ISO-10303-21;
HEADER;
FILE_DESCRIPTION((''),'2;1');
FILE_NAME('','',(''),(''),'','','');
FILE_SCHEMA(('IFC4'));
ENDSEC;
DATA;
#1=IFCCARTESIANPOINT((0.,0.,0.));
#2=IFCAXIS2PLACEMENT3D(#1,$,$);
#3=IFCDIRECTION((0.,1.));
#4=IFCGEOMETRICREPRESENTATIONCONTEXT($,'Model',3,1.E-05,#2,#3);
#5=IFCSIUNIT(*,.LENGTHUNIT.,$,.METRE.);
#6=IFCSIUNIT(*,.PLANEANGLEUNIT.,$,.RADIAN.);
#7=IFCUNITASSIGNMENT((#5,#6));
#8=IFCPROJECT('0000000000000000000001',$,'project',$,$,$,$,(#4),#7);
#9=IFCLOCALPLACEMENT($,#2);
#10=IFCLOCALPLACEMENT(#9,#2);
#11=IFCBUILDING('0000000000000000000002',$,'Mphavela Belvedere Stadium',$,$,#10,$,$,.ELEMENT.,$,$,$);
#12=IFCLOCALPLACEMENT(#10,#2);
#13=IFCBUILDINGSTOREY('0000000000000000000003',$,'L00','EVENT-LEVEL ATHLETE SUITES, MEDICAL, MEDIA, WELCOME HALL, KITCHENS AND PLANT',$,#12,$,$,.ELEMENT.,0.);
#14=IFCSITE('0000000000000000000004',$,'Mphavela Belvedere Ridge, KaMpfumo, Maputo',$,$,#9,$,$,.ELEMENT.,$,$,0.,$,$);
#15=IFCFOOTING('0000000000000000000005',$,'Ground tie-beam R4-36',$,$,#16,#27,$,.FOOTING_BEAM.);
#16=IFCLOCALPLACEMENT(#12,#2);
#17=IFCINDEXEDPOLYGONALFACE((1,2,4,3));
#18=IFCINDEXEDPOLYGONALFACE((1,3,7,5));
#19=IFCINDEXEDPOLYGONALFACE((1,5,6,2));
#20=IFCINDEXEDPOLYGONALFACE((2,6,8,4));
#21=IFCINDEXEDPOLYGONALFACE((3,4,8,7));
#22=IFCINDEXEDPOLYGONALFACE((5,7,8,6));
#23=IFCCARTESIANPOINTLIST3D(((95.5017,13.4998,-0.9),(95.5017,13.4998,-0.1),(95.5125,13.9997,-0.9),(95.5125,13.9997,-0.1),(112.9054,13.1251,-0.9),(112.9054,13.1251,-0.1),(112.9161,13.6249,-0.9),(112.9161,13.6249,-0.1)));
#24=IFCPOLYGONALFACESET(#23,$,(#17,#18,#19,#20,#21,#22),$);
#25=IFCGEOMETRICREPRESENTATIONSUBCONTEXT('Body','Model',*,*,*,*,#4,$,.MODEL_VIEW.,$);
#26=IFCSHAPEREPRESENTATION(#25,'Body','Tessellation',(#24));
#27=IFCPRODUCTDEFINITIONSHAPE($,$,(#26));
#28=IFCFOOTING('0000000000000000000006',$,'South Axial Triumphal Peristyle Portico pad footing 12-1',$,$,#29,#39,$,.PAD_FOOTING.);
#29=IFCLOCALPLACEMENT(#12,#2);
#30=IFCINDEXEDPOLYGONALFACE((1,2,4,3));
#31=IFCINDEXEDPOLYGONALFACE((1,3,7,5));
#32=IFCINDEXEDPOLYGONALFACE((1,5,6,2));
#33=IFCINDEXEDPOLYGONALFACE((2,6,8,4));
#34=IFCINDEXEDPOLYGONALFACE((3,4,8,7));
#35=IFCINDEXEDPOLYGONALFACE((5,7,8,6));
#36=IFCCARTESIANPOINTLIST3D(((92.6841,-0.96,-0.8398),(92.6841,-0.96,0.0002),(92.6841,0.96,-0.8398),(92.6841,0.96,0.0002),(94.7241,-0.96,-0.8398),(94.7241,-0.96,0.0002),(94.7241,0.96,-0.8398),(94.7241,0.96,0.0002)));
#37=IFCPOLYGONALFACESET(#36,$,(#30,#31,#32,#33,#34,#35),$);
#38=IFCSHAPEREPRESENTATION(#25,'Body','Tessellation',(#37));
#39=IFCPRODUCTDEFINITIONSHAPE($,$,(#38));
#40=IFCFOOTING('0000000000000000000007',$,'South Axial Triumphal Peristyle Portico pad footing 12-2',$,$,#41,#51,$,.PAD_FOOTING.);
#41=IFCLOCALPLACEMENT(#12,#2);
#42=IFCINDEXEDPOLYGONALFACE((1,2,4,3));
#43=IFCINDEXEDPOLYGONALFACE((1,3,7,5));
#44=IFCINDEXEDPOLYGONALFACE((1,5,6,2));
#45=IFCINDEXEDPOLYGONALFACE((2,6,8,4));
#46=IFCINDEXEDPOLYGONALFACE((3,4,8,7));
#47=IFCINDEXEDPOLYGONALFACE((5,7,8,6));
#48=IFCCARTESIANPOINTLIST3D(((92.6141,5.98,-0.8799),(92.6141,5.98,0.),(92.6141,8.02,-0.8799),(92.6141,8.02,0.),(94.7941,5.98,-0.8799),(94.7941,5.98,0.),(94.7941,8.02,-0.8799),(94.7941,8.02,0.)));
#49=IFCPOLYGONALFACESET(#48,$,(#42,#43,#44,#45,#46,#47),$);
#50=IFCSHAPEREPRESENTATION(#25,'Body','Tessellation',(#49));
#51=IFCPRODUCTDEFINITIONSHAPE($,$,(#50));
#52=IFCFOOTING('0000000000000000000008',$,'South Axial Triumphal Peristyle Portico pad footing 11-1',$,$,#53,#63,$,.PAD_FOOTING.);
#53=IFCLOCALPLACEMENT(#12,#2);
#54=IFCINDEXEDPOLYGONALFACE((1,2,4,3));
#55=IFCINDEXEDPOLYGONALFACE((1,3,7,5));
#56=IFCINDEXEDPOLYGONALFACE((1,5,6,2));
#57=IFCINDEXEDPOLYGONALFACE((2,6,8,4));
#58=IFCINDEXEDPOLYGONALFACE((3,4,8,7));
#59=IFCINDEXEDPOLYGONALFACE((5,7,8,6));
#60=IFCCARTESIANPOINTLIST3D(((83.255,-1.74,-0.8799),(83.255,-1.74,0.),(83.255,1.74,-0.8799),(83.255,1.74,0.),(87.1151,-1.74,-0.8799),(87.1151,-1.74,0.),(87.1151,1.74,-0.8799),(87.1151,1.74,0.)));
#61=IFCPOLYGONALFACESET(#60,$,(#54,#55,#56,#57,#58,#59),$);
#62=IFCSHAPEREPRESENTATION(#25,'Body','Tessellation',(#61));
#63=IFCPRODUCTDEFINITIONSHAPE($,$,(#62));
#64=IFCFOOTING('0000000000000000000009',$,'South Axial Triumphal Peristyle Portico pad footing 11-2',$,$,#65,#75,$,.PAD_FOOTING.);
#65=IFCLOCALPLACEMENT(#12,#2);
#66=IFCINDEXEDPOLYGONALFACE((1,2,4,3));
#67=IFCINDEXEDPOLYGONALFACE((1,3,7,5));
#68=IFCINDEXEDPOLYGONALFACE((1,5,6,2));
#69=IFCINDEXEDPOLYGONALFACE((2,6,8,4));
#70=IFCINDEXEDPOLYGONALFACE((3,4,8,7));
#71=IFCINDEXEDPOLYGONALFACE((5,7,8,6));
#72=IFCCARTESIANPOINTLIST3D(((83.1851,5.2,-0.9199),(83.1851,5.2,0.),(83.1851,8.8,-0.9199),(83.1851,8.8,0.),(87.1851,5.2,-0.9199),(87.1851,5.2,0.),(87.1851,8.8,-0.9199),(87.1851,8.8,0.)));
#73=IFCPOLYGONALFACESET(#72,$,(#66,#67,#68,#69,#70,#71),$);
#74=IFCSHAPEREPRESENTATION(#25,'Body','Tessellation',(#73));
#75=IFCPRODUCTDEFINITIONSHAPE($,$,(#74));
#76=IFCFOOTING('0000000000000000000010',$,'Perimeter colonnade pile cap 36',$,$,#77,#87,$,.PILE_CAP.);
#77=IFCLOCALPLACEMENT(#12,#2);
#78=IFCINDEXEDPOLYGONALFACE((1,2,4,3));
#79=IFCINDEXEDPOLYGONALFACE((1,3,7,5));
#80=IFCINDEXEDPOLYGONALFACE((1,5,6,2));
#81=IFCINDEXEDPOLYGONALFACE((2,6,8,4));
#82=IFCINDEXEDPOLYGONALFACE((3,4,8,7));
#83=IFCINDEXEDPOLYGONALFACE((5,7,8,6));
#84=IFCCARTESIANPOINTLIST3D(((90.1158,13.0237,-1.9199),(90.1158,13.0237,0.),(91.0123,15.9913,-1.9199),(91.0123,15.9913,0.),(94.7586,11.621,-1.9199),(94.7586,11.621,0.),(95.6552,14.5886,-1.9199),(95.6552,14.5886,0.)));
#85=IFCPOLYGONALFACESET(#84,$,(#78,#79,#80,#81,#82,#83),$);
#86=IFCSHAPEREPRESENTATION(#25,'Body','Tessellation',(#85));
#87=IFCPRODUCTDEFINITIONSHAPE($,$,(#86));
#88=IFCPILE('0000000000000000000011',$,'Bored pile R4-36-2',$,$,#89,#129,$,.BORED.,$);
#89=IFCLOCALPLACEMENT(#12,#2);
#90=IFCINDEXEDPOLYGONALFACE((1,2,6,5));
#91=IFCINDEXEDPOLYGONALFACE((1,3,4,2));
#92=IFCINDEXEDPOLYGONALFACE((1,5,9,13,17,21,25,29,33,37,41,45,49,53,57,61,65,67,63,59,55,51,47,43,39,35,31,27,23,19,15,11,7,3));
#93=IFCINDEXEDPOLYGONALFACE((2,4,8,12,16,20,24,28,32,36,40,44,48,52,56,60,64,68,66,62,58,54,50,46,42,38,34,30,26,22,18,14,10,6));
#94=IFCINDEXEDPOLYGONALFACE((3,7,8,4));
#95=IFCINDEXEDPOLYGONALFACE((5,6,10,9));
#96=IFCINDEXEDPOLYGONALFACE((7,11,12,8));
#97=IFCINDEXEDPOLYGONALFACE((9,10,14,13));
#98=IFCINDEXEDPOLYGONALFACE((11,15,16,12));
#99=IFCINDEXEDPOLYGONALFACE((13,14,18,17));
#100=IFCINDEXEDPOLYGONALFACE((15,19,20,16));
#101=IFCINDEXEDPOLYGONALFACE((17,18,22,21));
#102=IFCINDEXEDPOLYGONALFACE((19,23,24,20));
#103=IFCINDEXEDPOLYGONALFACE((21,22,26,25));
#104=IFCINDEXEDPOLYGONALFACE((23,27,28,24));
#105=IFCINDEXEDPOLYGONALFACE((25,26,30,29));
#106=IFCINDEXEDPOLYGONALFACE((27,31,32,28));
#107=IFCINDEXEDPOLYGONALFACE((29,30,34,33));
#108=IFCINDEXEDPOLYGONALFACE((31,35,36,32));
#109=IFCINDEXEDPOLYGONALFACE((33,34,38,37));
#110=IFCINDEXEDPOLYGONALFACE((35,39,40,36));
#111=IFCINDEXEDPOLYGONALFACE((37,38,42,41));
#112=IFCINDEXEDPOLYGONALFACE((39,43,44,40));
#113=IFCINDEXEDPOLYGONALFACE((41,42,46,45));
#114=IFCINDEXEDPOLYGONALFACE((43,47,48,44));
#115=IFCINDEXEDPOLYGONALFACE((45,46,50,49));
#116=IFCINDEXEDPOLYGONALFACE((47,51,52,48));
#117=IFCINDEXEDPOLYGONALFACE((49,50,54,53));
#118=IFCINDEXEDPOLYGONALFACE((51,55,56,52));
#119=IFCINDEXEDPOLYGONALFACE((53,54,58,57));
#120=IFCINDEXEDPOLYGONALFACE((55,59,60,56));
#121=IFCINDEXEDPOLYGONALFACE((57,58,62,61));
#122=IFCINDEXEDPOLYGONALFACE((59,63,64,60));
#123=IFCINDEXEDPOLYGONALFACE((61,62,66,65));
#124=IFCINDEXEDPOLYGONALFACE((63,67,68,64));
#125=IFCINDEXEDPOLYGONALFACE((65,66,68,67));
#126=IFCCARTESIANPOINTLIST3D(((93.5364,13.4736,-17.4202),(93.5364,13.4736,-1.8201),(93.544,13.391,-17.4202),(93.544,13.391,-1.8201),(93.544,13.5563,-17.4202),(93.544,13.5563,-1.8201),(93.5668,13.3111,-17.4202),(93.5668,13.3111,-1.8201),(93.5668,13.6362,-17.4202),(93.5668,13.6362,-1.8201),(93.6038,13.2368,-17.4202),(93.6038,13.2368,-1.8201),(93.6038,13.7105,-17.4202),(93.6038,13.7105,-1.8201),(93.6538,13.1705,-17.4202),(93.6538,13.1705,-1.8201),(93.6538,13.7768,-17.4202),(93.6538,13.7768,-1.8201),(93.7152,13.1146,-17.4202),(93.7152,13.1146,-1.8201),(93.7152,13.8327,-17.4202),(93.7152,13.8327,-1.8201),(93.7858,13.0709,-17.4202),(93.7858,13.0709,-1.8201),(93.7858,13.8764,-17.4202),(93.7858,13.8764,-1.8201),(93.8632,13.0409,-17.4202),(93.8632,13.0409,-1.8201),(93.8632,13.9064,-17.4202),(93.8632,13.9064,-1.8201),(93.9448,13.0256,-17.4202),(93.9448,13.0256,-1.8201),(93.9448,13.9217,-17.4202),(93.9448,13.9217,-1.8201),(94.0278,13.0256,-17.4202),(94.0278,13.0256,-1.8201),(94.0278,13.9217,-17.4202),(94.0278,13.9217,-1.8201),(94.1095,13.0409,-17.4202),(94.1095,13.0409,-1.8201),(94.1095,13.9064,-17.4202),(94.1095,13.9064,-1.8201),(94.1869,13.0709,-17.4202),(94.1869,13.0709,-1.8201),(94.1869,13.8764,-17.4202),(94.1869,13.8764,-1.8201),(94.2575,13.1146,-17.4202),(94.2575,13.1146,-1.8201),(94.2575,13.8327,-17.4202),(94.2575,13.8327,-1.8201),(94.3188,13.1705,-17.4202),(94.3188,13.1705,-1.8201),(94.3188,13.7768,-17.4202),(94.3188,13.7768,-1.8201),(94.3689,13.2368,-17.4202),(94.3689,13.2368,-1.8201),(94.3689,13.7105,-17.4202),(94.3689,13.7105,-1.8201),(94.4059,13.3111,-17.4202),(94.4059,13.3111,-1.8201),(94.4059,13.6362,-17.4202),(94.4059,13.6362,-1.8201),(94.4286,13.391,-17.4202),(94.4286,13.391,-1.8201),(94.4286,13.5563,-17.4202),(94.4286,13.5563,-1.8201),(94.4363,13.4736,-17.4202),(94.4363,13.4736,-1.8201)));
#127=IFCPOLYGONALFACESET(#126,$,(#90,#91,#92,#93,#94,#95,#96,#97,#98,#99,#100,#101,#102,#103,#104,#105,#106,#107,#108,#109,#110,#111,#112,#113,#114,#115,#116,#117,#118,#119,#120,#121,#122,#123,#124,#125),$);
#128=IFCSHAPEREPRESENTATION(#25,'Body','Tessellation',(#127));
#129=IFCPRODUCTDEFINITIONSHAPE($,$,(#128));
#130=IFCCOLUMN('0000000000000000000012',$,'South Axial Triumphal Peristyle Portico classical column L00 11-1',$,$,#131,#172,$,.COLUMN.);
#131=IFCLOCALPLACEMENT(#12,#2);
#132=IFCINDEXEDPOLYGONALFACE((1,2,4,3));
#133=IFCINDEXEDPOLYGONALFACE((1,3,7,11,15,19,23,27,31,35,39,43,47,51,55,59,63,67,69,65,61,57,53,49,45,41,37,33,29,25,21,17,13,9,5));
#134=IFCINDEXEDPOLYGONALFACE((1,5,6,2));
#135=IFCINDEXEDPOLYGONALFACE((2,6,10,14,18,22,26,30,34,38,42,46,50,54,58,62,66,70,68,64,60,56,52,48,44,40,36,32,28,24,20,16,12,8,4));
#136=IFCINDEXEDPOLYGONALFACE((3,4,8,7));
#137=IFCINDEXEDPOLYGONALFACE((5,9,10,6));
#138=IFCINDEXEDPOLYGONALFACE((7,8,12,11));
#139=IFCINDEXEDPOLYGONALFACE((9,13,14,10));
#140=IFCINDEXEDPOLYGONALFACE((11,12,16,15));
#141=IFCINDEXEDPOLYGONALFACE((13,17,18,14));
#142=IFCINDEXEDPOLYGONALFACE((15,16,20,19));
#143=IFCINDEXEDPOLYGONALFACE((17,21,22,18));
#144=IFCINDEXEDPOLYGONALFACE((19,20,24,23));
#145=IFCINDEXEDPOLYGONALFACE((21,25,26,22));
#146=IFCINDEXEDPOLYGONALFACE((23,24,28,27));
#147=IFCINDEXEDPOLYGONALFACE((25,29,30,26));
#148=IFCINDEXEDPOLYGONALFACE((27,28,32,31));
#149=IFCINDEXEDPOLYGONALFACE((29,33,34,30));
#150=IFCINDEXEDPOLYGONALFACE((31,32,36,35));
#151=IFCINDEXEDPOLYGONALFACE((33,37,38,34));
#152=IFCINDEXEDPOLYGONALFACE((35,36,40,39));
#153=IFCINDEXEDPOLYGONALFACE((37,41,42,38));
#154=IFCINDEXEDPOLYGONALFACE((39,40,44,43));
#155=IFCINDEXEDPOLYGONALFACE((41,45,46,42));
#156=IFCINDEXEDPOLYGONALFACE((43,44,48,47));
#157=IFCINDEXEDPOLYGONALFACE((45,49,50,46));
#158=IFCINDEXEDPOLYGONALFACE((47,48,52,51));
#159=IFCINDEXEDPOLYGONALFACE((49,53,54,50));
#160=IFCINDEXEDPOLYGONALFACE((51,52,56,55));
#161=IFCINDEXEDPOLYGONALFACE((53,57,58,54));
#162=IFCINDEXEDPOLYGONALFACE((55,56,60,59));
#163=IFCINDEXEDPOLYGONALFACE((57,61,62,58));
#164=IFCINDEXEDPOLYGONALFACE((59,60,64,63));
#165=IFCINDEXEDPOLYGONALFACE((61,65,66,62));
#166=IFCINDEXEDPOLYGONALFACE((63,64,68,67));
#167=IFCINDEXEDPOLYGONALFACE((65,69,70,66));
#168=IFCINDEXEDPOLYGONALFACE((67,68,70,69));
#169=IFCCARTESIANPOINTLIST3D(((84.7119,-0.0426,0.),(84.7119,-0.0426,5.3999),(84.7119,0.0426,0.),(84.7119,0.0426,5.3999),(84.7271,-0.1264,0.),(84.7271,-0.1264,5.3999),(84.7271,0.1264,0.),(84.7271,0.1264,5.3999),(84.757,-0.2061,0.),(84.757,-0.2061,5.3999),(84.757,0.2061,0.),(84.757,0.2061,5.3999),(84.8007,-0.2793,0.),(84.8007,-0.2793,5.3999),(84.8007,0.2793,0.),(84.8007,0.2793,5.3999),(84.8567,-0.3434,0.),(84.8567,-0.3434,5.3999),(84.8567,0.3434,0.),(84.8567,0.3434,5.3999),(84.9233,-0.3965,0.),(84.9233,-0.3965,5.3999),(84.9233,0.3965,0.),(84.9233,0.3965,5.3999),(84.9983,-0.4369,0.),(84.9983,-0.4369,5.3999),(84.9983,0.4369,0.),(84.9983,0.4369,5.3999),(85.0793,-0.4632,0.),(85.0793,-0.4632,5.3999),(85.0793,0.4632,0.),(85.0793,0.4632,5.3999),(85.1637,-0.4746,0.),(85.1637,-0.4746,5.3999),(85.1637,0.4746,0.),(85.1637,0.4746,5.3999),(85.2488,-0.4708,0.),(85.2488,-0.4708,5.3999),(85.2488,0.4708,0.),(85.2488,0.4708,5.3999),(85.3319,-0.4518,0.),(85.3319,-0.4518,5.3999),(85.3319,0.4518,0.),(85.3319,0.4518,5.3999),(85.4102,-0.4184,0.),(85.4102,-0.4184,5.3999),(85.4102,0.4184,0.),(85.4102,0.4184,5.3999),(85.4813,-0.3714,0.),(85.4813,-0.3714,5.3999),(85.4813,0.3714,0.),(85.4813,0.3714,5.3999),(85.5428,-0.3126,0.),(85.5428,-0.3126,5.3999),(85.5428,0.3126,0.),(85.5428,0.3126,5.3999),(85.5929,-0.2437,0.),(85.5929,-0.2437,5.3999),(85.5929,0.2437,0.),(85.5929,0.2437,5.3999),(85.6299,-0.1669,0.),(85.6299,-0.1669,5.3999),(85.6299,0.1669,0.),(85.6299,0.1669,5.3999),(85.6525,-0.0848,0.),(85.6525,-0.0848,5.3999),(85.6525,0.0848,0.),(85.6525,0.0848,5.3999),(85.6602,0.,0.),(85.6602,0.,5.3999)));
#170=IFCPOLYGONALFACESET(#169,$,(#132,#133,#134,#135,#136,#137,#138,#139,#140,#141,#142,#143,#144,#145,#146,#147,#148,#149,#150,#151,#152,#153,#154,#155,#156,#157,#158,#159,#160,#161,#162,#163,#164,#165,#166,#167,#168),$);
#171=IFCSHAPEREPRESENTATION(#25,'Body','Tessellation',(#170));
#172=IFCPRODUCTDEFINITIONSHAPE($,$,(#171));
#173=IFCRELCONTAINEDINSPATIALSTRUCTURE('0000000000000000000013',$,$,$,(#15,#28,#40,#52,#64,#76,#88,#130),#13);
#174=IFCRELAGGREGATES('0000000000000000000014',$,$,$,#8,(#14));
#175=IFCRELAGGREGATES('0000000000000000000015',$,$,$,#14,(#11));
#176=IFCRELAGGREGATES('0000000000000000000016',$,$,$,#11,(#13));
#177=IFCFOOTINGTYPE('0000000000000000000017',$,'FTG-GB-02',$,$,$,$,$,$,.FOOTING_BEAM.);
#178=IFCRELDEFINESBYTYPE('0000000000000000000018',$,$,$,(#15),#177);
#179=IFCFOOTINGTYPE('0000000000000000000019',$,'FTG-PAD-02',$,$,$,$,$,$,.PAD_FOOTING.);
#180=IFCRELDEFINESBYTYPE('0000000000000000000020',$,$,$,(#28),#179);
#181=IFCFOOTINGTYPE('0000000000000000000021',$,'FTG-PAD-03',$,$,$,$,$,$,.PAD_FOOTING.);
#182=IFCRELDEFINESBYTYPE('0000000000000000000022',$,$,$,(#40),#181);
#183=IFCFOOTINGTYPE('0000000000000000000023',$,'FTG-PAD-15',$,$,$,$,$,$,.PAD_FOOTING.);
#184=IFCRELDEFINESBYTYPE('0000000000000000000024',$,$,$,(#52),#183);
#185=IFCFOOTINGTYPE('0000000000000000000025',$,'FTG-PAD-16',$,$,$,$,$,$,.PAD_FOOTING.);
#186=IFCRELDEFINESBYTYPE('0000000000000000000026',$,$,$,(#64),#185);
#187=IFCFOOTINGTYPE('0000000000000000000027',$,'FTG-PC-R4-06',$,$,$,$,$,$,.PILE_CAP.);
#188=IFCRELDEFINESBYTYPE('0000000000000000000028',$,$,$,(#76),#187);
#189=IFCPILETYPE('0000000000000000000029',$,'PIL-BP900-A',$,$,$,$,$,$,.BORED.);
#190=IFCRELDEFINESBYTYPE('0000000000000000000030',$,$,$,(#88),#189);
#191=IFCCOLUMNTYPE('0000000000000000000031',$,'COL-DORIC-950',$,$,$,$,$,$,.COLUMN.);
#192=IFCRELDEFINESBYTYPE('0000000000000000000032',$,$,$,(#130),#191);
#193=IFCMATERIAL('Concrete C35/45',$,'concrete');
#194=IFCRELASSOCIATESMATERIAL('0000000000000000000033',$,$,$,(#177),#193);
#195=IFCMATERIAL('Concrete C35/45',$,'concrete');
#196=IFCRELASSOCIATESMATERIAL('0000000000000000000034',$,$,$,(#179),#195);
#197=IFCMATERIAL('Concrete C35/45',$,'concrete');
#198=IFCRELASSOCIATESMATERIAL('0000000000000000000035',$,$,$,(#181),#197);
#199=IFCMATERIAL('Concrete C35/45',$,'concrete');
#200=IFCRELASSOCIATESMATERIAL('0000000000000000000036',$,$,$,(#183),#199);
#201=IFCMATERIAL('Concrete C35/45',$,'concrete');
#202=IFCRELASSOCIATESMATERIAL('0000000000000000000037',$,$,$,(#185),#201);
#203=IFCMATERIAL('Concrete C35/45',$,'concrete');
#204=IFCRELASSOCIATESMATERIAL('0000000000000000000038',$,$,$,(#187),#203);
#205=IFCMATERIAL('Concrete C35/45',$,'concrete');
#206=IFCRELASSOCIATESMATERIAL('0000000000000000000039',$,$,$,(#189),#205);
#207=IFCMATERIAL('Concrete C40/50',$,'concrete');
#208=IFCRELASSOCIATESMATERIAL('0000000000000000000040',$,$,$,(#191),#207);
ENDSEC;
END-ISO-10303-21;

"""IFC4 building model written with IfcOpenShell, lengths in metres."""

from ifc_helpers import new_model, si_unit, direction, frame, origin, origin_2d, place, context, subcontext, project, spatial, rectangle, circle, extrude, material, material_profile, profile_set, type_object, element, save


model = new_model("IFC4")

# Units and contexts
model_context = context("Model", 3, precision=1e-05, world=origin(), true_north=direction((0.0, 1.0)))
body_context = subcontext(model_context, "Body", "Model", "MODEL_VIEW")
ifc_project = project(units=[si_unit("LENGTHUNIT", "METRE"), si_unit("PLANEANGLEUNIT", "RADIAN")], contexts=[model_context])

# Site, building, storey
site_placement = place(None, origin())
site = spatial("IfcSite", under=ifc_project, at=site_placement, Name="Mphavela Belvedere Ridge, KaMpfumo, Maputo", CompositionType="ELEMENT", RefElevation=0.0)
building_placement = place(site_placement, origin())
building = spatial("IfcBuilding", under=site, at=building_placement, Name="Mphavela Belvedere Stadium", CompositionType="ELEMENT")
storey_placement = place(building_placement, origin())
storey = spatial("IfcBuildingStorey", under=building, at=storey_placement, Name="L00", Description="EVENT-LEVEL ATHLETE SUITES, MEDICAL, MEDIA, WELCOME HALL, KITCHENS AND PLANT", CompositionType="ELEMENT", Elevation=0.0)

# Footings
ifc_material_1 = material(Name="Concrete C35/45", Category="concrete")
ifc_material_profile_1 = material_profile(ifc_material_1, rectangle(XDim=0.5, YDim=0.8, at=origin_2d()), Name="GB 500x800")
ifc_profile_set_1 = profile_set([ifc_material_profile_1], Name="Concrete C35/45")
footing_type_1 = type_object("IfcFootingType", Name="FTG-GB-02", PredefinedType="FOOTING_BEAM", material=ifc_profile_set_1)
footing_1_placement = place(storey_placement, frame((95.5071, 13.7498, -0.5), z_axis=(0.999768, -0.021528, 0.0), x_axis=(0.021528, 0.999768, 0.0)))
element("IfcFooting", 1, at=footing_1_placement, inside=storey, type_object=footing_type_1, Name="Ground tie-beam R4-36", PredefinedType="FOOTING_BEAM", context=body_context, shape_type="SweptSolid", body=[
    extrude(rectangle(XDim=0.5, YDim=0.8, at=origin_2d()), origin(), (0.0, 0.0, 1.0), 17.4077),
])
ifc_material_2 = material(Name="Concrete C35/45", Category="concrete")
footing_type_2 = type_object("IfcFootingType", Name="FTG-PAD-02", PredefinedType="PAD_FOOTING", material=ifc_material_2)
footing_2_placement = place(storey_placement, frame((93.7041, 0.0, -0.8398), z_axis=(0.0, 0.0, 1.0), x_axis=(1.0, 0.0, 0.0)))
element("IfcFooting", 2, at=footing_2_placement, inside=storey, type_object=footing_type_2, Name="South Axial Triumphal Peristyle Portico pad footing 12-1", PredefinedType="PAD_FOOTING", context=body_context, shape_type="SweptSolid", body=[
    extrude(rectangle(XDim=2.04, YDim=1.9199, at=origin_2d()), origin(), (0.0, 0.0, 1.0), 0.8401),
])
ifc_material_3 = material(Name="Concrete C35/45", Category="concrete")
footing_type_3 = type_object("IfcFootingType", Name="FTG-PAD-03", PredefinedType="PAD_FOOTING", material=ifc_material_3)
footing_3_placement = place(storey_placement, frame((93.7041, 7.0, -0.8799), z_axis=(0.0, 0.0, 1.0), x_axis=(1.0, 0.0, 0.0)))
element("IfcFooting", 3, at=footing_3_placement, inside=storey, type_object=footing_type_3, Name="South Axial Triumphal Peristyle Portico pad footing 12-2", PredefinedType="PAD_FOOTING", context=body_context, shape_type="SweptSolid", body=[
    extrude(rectangle(XDim=2.1799, YDim=2.04, at=origin_2d()), origin(), (0.0, 0.0, 1.0), 0.8799),
])
ifc_material_4 = material(Name="Concrete C35/45", Category="concrete")
footing_type_4 = type_object("IfcFootingType", Name="FTG-PAD-15", PredefinedType="PAD_FOOTING", material=ifc_material_4)
footing_4_placement = place(storey_placement, frame((85.1851, 0.0, -0.8799), z_axis=(0.0, 0.0, 1.0), x_axis=(1.0, 0.0, 0.0)))
element("IfcFooting", 4, at=footing_4_placement, inside=storey, type_object=footing_type_4, Name="South Axial Triumphal Peristyle Portico pad footing 11-1", PredefinedType="PAD_FOOTING", context=body_context, shape_type="SweptSolid", body=[
    extrude(rectangle(XDim=3.8601, YDim=3.48, at=origin_2d()), origin(), (0.0, 0.0, 1.0), 0.8799),
])
ifc_material_5 = material(Name="Concrete C35/45", Category="concrete")
footing_type_5 = type_object("IfcFootingType", Name="FTG-PAD-16", PredefinedType="PAD_FOOTING", material=ifc_material_5)
footing_5_placement = place(storey_placement, frame((85.1851, 7.0, -0.9199), z_axis=(0.0, 0.0, 1.0), x_axis=(1.0, 0.0, 0.0)))
element("IfcFooting", 5, at=footing_5_placement, inside=storey, type_object=footing_type_5, Name="South Axial Triumphal Peristyle Portico pad footing 11-2", PredefinedType="PAD_FOOTING", context=body_context, shape_type="SweptSolid", body=[
    extrude(rectangle(XDim=4.0, YDim=3.6001, at=origin_2d()), origin(), (0.0, 0.0, 1.0), 0.9199),
])
ifc_material_6 = material(Name="Concrete C35/45", Category="concrete")
footing_type_6 = type_object("IfcFootingType", Name="FTG-PC-R4-06", PredefinedType="PILE_CAP", material=ifc_material_6)
footing_6_placement = place(storey_placement, frame((92.8855, 13.8062, -1.9199), z_axis=(0.0, 0.0, 1.0), x_axis=(0.957269, -0.289199, 0.0)))
element("IfcFooting", 6, at=footing_6_placement, inside=storey, type_object=footing_type_6, Name="Perimeter colonnade pile cap 36", PredefinedType="PILE_CAP", context=body_context, shape_type="SweptSolid", body=[
    extrude(rectangle(XDim=4.8501, YDim=3.1001, at=origin_2d()), origin(), (0.0, 0.0, 1.0), 1.9199),
])

# Pile
ifc_material_7 = material(Name="Concrete C35/45", Category="concrete")
ifc_material_profile_2 = material_profile(ifc_material_7, circle(Radius=0.45, at=origin_2d()), Name="BP D900")
ifc_profile_set_2 = profile_set([ifc_material_profile_2], Name="Concrete C35/45")
pile_type = type_object("IfcPileType", Name="PIL-BP900-A", PredefinedType="BORED", material=ifc_profile_set_2)
pile_placement = place(storey_placement, frame((93.9863, 13.4736, -1.8201), z_axis=(0.0, 0.0, -1.0), x_axis=(1.0, 0.0, 0.0)))
element("IfcPile", 7, at=pile_placement, inside=storey, type_object=pile_type, Name="Bored pile R4-36-2", PredefinedType="BORED", context=body_context, shape_type="SweptSolid", body=[
    extrude(circle(Radius=0.45, at=origin_2d()), origin(), (0.0, 0.0, 1.0), 15.6001),
])

# Column
ifc_material_8 = material(Name="Concrete C40/50", Category="concrete")
ifc_material_profile_3 = material_profile(ifc_material_8, circle(Radius=0.4751, at=origin_2d()), Name="COL D950")
ifc_profile_set_3 = profile_set([ifc_material_profile_3], Name="Concrete C40/50")
column_type_1 = type_object("IfcColumnType", Name="COL-DORIC-950", PredefinedType="COLUMN", material=ifc_profile_set_3)
for number, where, z_axis, x_axis, name in (
    (8, (85.1851, 0.0, 0.0), (0.0, 0.0, 1.0), (1.0, 0.0, 0.0), "South Axial Triumphal Peristyle Portico classical column L00 11-1"),
):
    element("IfcColumn", number, at=place(storey_placement, frame(where, z_axis=z_axis, x_axis=x_axis)), inside=storey, type_object=column_type_1, Name=name, PredefinedType="COLUMN", context=body_context, shape_type="SweptSolid", body=[
        extrude(circle(Radius=0.4751, at=origin_2d()), origin(), (0.0, 0.0, 1.0), 5.3999),
    ])

save(model, "model.ifc")
